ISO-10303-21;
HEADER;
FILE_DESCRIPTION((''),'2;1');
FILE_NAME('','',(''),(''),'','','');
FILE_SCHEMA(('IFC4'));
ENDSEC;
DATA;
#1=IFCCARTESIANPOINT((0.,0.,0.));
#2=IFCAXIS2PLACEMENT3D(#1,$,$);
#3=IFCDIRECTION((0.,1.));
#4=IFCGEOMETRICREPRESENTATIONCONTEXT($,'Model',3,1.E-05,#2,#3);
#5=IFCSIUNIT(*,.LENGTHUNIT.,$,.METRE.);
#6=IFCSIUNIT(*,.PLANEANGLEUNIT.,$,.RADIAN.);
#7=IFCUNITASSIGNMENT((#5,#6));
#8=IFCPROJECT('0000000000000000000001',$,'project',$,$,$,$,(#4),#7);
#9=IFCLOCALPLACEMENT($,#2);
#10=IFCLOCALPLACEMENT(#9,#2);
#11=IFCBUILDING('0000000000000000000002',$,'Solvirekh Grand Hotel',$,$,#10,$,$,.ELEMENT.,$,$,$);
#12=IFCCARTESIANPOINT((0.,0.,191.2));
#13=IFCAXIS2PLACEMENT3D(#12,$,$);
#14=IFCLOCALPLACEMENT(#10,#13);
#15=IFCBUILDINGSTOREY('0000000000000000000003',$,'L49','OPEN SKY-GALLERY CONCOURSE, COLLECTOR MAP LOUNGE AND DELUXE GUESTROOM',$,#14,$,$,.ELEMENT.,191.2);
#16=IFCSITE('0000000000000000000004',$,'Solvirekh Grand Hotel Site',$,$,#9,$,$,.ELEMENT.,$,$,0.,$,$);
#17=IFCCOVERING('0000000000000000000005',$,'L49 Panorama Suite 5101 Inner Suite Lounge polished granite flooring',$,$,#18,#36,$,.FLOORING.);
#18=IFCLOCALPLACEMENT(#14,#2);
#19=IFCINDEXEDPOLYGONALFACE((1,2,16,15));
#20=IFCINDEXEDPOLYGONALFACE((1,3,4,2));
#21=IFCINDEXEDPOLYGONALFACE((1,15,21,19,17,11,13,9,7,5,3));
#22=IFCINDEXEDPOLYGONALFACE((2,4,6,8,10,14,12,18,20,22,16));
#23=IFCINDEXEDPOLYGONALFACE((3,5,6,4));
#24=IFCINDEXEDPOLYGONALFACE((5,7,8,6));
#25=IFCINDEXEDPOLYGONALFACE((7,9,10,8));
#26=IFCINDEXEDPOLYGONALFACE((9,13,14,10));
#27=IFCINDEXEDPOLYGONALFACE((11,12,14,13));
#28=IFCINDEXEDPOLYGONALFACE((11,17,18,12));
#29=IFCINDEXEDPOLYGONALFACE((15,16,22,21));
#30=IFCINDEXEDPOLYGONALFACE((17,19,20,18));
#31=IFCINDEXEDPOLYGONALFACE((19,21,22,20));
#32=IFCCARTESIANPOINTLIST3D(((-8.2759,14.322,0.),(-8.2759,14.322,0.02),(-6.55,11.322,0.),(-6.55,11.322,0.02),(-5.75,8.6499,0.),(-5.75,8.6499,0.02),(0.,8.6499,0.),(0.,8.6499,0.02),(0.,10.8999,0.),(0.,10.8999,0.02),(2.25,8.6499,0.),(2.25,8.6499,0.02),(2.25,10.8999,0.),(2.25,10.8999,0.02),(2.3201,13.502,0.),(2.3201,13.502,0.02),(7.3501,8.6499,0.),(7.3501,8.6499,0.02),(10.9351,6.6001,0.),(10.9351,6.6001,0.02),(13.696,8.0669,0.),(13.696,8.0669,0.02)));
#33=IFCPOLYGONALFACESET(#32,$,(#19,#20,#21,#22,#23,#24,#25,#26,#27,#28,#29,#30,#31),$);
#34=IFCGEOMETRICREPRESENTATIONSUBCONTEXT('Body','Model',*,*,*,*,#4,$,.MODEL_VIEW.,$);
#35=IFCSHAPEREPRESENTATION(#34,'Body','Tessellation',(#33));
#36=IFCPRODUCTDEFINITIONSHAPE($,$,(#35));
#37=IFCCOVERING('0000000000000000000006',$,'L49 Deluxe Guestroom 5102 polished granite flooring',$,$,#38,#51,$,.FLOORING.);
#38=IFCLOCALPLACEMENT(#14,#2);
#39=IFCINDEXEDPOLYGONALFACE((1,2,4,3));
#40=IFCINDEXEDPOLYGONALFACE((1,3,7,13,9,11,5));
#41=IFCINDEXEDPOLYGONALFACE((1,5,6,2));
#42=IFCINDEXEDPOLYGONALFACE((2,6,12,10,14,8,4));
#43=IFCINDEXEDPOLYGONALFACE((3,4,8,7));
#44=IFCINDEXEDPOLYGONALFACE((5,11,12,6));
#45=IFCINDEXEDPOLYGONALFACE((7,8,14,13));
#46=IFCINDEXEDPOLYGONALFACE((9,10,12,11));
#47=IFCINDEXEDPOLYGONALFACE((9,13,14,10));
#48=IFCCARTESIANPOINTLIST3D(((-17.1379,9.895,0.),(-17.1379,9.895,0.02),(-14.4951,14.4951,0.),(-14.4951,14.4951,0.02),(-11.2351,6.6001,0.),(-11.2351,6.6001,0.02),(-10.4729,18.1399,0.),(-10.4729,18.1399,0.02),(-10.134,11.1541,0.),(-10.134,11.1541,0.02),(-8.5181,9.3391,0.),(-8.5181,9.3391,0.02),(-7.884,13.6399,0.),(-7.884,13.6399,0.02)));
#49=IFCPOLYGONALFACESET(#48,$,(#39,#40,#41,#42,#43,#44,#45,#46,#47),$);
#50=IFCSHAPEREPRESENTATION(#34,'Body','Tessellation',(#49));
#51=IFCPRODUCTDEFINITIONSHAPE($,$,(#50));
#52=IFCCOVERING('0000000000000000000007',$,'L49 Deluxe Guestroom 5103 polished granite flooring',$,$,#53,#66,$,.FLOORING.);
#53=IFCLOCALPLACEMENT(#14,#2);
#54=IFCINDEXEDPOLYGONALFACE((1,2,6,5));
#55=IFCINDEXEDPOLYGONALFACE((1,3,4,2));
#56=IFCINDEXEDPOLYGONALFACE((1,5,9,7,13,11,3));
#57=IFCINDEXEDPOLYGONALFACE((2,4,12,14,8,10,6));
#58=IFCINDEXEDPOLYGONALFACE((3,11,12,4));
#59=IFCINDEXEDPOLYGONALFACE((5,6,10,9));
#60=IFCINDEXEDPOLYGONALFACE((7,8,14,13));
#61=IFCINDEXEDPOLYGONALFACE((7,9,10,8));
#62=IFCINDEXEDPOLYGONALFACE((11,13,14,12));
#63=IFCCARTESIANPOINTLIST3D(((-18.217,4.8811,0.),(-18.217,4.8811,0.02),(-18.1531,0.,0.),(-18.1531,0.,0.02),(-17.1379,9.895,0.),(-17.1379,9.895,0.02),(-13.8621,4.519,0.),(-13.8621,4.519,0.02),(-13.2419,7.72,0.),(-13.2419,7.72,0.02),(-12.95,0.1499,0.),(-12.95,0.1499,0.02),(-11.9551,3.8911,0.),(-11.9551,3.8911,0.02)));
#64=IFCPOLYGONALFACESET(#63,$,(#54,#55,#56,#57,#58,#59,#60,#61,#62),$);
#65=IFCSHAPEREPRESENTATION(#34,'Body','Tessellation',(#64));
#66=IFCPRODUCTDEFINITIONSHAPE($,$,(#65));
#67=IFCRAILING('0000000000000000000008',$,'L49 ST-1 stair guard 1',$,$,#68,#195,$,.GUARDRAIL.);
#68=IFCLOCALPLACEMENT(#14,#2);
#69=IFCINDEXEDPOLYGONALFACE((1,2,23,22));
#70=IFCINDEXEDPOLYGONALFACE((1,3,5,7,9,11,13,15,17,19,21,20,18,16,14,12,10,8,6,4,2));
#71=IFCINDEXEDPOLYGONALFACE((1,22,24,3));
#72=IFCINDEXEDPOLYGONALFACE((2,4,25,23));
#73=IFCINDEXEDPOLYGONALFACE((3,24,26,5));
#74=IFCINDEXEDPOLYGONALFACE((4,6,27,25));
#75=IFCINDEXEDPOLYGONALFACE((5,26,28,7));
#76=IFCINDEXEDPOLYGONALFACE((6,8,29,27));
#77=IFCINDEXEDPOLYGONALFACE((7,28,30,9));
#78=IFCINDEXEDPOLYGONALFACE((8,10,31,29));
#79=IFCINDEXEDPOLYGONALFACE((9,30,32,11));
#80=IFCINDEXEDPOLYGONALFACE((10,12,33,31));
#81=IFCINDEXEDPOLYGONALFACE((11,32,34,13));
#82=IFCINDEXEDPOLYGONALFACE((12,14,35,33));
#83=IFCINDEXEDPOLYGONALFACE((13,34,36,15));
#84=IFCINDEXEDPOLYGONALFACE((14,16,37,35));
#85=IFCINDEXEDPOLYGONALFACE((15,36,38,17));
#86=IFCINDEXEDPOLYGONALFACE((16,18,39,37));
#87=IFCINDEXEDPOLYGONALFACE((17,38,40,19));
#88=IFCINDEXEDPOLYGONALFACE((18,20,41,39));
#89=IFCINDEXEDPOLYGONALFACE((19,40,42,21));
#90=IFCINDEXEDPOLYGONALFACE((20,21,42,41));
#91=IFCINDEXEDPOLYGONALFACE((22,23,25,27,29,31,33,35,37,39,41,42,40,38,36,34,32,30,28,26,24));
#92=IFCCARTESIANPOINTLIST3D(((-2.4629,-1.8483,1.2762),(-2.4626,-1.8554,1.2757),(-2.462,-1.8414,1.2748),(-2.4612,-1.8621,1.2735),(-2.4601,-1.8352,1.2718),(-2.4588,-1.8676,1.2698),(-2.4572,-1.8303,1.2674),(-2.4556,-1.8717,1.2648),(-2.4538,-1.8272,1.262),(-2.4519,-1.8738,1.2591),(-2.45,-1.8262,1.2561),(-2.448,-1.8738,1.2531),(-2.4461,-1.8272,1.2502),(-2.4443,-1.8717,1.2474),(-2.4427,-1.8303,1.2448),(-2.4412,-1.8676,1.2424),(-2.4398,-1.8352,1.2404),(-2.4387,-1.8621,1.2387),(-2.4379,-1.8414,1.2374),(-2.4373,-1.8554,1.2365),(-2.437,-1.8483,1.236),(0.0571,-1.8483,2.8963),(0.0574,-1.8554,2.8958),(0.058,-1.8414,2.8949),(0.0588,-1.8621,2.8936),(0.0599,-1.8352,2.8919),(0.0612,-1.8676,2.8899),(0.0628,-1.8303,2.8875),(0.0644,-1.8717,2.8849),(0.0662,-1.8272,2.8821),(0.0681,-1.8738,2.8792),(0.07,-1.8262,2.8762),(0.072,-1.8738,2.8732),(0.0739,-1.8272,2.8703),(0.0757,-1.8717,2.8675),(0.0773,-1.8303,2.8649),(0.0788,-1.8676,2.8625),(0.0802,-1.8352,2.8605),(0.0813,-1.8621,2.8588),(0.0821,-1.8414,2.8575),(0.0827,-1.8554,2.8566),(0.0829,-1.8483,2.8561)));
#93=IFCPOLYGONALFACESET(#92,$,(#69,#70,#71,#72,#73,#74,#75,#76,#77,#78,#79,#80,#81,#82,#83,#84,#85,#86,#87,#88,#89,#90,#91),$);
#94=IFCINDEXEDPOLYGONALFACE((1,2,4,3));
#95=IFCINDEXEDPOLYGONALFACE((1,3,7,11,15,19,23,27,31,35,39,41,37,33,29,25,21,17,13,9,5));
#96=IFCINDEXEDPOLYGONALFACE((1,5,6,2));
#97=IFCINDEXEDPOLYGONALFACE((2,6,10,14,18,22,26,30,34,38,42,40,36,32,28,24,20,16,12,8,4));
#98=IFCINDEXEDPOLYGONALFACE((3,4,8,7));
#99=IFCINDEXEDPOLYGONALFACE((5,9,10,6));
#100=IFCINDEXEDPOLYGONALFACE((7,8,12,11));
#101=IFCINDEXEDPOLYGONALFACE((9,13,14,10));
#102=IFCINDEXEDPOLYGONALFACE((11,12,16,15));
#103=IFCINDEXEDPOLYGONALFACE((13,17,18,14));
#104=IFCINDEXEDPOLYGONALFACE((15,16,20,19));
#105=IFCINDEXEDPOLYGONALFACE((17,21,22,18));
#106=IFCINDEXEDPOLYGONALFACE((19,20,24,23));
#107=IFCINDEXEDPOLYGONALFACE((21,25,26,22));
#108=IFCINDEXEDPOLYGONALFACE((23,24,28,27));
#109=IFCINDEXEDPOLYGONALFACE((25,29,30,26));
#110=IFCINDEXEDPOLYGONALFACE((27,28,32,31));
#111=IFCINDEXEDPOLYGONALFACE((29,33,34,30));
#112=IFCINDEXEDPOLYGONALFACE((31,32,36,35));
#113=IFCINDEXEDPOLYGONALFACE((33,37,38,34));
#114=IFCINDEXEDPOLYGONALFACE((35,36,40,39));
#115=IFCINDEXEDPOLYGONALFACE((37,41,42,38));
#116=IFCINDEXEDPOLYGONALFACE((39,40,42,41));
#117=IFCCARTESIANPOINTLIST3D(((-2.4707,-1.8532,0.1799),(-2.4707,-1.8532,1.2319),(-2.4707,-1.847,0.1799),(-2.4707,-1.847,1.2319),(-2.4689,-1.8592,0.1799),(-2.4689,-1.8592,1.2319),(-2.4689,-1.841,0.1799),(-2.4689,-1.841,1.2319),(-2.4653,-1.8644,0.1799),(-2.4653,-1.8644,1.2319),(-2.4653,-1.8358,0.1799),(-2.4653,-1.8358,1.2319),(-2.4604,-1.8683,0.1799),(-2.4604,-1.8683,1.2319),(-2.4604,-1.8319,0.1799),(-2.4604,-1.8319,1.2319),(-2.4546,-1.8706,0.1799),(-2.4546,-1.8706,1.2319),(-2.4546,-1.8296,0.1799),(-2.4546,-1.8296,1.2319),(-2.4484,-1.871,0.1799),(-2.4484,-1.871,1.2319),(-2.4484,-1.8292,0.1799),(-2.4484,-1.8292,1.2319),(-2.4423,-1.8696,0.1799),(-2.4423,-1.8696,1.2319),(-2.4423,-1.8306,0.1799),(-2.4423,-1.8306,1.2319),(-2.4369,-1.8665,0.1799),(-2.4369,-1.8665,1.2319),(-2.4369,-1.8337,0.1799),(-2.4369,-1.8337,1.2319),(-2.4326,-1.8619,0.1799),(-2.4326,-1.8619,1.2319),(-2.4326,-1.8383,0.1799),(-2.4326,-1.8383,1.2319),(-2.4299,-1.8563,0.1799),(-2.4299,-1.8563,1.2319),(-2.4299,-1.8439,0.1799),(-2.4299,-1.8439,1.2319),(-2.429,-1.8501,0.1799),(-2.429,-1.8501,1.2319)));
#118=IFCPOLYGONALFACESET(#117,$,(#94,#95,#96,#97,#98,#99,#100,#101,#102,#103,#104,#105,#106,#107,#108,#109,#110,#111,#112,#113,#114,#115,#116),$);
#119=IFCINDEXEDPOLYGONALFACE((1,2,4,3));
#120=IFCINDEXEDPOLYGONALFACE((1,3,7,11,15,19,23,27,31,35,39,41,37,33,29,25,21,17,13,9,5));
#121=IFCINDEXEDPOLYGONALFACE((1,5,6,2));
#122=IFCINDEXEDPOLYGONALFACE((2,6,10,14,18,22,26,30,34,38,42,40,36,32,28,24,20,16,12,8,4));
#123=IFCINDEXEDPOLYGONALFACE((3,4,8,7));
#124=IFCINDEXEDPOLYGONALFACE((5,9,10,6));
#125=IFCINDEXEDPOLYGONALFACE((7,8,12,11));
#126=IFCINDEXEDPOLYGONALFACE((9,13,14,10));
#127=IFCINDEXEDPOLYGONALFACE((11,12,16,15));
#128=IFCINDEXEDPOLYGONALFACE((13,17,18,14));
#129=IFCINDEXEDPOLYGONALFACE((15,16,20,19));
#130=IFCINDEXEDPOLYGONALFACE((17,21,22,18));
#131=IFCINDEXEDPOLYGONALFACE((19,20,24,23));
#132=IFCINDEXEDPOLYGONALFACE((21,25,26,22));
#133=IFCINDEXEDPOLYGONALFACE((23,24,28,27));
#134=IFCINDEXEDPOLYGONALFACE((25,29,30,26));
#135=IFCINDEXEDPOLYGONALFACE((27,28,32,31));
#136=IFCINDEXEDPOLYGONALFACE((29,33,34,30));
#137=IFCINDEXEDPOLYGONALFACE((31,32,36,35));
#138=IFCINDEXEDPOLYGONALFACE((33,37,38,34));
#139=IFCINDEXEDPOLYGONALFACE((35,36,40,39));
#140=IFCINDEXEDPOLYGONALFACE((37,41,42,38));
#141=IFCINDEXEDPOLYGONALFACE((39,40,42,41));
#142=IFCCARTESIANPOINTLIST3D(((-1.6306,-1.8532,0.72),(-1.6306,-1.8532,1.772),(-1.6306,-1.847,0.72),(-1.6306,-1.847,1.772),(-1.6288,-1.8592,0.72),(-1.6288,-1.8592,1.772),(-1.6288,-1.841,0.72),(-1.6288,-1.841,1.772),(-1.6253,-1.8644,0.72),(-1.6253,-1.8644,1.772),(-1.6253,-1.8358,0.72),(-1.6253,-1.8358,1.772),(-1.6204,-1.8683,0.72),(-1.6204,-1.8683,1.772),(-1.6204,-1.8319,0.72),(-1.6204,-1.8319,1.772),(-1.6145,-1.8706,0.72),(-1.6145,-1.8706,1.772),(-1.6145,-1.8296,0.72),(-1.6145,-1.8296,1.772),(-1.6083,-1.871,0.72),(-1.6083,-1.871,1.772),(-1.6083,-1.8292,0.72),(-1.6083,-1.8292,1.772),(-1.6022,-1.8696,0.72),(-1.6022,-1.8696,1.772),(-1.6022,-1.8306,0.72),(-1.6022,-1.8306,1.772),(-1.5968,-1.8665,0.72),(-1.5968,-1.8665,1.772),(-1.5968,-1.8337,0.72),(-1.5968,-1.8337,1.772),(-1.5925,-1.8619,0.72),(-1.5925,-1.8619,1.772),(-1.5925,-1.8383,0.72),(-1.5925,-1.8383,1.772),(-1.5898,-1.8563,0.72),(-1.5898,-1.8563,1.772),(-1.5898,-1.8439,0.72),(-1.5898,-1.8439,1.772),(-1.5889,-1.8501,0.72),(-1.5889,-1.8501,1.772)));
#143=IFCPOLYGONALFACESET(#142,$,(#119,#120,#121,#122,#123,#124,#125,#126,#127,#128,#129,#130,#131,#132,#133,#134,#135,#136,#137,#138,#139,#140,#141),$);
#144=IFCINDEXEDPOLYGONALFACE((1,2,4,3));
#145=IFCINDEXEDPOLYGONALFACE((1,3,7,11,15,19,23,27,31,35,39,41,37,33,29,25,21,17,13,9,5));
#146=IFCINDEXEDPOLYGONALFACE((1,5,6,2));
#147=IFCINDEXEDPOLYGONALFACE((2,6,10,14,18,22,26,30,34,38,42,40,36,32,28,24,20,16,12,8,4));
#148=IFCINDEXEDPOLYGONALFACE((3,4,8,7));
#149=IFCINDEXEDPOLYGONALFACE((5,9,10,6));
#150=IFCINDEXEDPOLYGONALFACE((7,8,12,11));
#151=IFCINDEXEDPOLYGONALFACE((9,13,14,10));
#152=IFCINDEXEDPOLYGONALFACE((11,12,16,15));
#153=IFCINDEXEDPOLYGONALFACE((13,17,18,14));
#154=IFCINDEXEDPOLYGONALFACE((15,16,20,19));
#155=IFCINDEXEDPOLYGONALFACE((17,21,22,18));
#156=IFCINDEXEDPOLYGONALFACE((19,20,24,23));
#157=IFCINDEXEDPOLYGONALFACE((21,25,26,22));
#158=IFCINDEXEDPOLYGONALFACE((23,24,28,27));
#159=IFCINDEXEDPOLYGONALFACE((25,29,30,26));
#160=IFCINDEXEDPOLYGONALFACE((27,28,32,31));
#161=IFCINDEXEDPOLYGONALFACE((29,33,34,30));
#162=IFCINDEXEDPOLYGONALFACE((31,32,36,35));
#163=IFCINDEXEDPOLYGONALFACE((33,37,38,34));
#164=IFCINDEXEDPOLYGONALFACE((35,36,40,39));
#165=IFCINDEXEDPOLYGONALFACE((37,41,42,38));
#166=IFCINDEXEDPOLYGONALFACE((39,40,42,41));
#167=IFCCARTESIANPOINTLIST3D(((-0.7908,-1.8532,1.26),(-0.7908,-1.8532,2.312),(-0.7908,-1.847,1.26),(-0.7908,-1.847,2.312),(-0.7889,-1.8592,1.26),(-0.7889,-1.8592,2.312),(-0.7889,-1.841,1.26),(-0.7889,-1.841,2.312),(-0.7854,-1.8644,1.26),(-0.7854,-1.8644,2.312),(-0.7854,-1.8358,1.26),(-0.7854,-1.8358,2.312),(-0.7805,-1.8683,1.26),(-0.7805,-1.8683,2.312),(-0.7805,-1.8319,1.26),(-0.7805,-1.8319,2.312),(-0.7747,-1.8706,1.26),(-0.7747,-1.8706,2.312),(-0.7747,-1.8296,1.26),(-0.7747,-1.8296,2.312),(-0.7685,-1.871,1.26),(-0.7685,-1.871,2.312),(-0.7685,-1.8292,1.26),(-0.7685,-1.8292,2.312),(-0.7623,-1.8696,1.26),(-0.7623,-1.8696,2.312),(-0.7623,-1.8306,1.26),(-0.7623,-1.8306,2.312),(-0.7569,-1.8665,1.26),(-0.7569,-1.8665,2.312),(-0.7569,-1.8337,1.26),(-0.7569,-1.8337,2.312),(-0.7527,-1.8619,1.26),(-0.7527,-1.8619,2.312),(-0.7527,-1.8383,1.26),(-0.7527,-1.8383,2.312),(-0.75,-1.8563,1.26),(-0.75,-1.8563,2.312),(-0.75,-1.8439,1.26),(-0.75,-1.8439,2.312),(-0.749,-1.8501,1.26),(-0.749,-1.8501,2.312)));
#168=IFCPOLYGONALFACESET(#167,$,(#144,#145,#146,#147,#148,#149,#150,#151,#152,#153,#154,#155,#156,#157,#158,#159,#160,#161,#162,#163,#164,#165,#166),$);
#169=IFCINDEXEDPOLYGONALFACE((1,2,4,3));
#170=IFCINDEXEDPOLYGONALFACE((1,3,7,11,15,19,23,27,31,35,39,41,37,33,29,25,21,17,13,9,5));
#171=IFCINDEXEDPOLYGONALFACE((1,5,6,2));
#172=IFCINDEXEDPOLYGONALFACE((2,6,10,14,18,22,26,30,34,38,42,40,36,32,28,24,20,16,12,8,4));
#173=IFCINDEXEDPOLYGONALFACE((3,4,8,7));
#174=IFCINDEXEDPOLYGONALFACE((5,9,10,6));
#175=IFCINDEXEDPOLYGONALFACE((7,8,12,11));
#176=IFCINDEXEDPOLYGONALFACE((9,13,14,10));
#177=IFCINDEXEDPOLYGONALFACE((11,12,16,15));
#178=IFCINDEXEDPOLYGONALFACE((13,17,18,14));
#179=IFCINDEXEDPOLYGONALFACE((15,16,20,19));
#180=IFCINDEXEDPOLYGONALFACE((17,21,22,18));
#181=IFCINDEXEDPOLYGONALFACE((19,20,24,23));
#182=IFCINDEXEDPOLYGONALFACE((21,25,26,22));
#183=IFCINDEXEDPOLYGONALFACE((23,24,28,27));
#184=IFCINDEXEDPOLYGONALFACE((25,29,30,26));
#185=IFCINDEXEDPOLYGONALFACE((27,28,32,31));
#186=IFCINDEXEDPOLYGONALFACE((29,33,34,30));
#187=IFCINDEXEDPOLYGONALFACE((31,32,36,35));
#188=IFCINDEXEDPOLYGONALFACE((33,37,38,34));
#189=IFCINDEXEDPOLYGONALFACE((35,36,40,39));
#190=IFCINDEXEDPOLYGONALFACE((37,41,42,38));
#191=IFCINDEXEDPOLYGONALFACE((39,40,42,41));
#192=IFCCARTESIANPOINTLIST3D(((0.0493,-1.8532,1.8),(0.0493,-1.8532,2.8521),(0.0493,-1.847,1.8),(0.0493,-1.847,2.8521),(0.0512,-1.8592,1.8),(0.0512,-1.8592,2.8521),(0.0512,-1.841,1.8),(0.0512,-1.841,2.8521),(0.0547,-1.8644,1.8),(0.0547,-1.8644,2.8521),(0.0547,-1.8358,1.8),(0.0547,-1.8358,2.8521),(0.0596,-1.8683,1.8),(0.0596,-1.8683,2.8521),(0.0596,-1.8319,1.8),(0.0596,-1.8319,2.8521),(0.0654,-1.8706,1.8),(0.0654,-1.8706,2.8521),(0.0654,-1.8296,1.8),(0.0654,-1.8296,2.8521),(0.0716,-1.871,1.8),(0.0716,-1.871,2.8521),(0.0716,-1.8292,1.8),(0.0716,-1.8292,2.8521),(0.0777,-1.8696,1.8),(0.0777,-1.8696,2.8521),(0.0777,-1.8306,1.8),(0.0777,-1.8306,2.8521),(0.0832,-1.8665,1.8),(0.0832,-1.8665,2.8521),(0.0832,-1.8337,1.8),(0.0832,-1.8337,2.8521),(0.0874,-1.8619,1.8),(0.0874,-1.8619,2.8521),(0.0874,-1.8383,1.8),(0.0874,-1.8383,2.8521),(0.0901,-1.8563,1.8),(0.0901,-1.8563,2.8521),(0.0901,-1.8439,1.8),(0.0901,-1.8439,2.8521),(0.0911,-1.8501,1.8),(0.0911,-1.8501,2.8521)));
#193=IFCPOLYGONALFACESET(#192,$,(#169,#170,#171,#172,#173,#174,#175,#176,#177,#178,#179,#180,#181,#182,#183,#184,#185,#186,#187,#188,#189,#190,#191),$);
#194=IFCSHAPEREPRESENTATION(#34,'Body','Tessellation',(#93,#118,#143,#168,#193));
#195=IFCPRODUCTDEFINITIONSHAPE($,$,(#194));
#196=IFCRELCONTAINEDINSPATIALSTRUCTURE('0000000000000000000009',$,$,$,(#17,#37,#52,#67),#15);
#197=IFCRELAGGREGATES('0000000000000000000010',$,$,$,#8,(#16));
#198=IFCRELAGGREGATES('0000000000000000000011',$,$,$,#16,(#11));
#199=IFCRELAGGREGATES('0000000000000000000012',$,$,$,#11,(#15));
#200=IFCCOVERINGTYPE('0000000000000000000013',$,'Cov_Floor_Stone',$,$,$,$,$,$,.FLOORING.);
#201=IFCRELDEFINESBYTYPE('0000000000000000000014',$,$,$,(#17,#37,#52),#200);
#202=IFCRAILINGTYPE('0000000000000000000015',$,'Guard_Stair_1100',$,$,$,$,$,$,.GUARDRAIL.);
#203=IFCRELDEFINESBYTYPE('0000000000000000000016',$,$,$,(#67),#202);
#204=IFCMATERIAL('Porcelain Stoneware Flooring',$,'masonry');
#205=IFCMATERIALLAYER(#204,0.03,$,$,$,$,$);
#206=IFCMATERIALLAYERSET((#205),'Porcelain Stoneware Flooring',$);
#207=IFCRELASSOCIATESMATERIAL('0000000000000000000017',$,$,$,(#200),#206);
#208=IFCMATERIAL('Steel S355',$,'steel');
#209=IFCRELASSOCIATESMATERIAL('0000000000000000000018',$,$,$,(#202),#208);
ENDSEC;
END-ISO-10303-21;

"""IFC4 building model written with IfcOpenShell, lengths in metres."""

from ifc_helpers import new_model, si_unit, direction, frame, origin, origin_2d, place, context, subcontext, project, spatial, polyline, circle, outline, extrude, material, layer, layer_set, type_object, element, save


model = new_model("IFC4")

# Units and contexts
model_context = context("Model", 3, precision=1e-05, world=origin(), true_north=direction((0.0, 1.0)))
body_context = subcontext(model_context, "Body", "Model", "MODEL_VIEW")
ifc_project = project(units=[si_unit("LENGTHUNIT", "METRE"), si_unit("PLANEANGLEUNIT", "RADIAN")], contexts=[model_context])

# Site, building, storey
site_placement = place(None, origin())
site = spatial("IfcSite", under=ifc_project, at=site_placement, Name="Solvirekh Grand Hotel Site", CompositionType="ELEMENT", RefElevation=0.0)
building_placement = place(site_placement, origin())
building = spatial("IfcBuilding", under=site, at=building_placement, Name="Solvirekh Grand Hotel", CompositionType="ELEMENT")
storey_placement = place(building_placement, frame((0.0, 0.0, 191.2)))
storey = spatial("IfcBuildingStorey", under=building, at=storey_placement, Name="L49", Description="OPEN SKY-GALLERY CONCOURSE, COLLECTOR MAP LOUNGE AND DELUXE GUESTROOM", CompositionType="ELEMENT", Elevation=191.2)

# Shared definitions
ifc_material_1 = material(Name="Steel S355", Category="steel")

# Coverings
ifc_material_2 = material(Name="Porcelain Stoneware Flooring", Category="masonry")
ifc_layer_1 = layer(ifc_material_2, 0.03)
ifc_layer_set_1 = layer_set([ifc_layer_1], Name="Porcelain Stoneware Flooring")
covering_type_1 = type_object("IfcCoveringType", Name="Cov_Floor_Stone", PredefinedType="FLOORING", material=ifc_layer_set_1)
covering_1_placement = place(storey_placement, origin())
element("IfcCovering", 1, at=covering_1_placement, inside=storey, type_object=covering_type_1, Name="L49 Panorama Suite 5101 Inner Suite Lounge polished granite flooring", PredefinedType="FLOORING", context=body_context, shape_type="SweptSolid", body=[
    extrude(outline(polyline([(0.0, 8.6499), (0.0, 10.8999), (2.25, 10.8999), (2.25, 8.6499), (7.3501, 8.6499), (10.9351, 6.6001), (13.696, 8.0669), (2.3201, 13.502), (-8.2759, 14.322), (-6.55, 11.322), (-5.75, 8.6499), (0.0, 8.6499)])), origin(), (0.0, 0.0, 1.0), 0.02),
])
covering_2_placement = place(storey_placement, origin())
element("IfcCovering", 2, at=covering_2_placement, inside=storey, type_object=covering_type_1, Name="L49 Deluxe Guestroom 5102 polished granite flooring", PredefinedType="FLOORING", context=body_context, shape_type="SweptSolid", body=[
    extrude(outline(polyline([(-10.134, 11.1541), (-7.884, 13.6399), (-10.4729, 18.1399), (-14.4951, 14.4951), (-17.1379, 9.895), (-11.2351, 6.6001), (-8.5181, 9.3391), (-10.134, 11.1541)])), origin(), (0.0, 0.0, 1.0), 0.02),
])
covering_3_placement = place(storey_placement, origin())
element("IfcCovering", 3, at=covering_3_placement, inside=storey, type_object=covering_type_1, Name="L49 Deluxe Guestroom 5103 polished granite flooring", PredefinedType="FLOORING", context=body_context, shape_type="SweptSolid", body=[
    extrude(outline(polyline([(-13.8621, 4.519), (-13.2419, 7.72), (-17.1379, 9.895), (-18.217, 4.8811), (-18.1531, 0.0), (-12.95, 0.1499), (-11.9551, 3.8911), (-13.8621, 4.519)])), origin(), (0.0, 0.0, 1.0), 0.02),
])

# Railing
railing_type_1 = type_object("IfcRailingType", Name="Guard_Stair_1100", PredefinedType="GUARDRAIL", material=ifc_material_1)
railing_1_placement = place(storey_placement, frame((-2.45, -1.8501, 0.1799)))
element("IfcRailing", 4, at=railing_1_placement, inside=storey, type_object=railing_type_1, Name="L49 ST-1 stair guard 1", PredefinedType="GUARDRAIL", context=body_context, shape_type="SweptSolid", body=[
    extrude(circle(Radius=0.0239, at=origin_2d()), frame((0.0, 0.0, 1.0762), z_axis=(0.841163, 0.0, 0.540782), x_axis=(0.0, 1.0, 0.0)), (0.0, 0.0, 1.0), 2.9958),
    extrude(circle(Radius=0.021, at=origin_2d()), origin(), (0.0, 0.0, 1.0), 1.052),
    extrude(circle(Radius=0.021, at=origin_2d()), frame((0.8401, 0.0, 0.54)), (0.0, 0.0, 1.0), 1.052),
    extrude(circle(Radius=0.021, at=origin_2d()), frame((1.6799, 0.0, 1.0801)), (0.0, 0.0, 1.0), 1.052),
    extrude(circle(Radius=0.021, at=origin_2d()), frame((2.52, 0.0, 1.6201)), (0.0, 0.0, 1.0), 1.052),
])

save(model, "model.ifc")
